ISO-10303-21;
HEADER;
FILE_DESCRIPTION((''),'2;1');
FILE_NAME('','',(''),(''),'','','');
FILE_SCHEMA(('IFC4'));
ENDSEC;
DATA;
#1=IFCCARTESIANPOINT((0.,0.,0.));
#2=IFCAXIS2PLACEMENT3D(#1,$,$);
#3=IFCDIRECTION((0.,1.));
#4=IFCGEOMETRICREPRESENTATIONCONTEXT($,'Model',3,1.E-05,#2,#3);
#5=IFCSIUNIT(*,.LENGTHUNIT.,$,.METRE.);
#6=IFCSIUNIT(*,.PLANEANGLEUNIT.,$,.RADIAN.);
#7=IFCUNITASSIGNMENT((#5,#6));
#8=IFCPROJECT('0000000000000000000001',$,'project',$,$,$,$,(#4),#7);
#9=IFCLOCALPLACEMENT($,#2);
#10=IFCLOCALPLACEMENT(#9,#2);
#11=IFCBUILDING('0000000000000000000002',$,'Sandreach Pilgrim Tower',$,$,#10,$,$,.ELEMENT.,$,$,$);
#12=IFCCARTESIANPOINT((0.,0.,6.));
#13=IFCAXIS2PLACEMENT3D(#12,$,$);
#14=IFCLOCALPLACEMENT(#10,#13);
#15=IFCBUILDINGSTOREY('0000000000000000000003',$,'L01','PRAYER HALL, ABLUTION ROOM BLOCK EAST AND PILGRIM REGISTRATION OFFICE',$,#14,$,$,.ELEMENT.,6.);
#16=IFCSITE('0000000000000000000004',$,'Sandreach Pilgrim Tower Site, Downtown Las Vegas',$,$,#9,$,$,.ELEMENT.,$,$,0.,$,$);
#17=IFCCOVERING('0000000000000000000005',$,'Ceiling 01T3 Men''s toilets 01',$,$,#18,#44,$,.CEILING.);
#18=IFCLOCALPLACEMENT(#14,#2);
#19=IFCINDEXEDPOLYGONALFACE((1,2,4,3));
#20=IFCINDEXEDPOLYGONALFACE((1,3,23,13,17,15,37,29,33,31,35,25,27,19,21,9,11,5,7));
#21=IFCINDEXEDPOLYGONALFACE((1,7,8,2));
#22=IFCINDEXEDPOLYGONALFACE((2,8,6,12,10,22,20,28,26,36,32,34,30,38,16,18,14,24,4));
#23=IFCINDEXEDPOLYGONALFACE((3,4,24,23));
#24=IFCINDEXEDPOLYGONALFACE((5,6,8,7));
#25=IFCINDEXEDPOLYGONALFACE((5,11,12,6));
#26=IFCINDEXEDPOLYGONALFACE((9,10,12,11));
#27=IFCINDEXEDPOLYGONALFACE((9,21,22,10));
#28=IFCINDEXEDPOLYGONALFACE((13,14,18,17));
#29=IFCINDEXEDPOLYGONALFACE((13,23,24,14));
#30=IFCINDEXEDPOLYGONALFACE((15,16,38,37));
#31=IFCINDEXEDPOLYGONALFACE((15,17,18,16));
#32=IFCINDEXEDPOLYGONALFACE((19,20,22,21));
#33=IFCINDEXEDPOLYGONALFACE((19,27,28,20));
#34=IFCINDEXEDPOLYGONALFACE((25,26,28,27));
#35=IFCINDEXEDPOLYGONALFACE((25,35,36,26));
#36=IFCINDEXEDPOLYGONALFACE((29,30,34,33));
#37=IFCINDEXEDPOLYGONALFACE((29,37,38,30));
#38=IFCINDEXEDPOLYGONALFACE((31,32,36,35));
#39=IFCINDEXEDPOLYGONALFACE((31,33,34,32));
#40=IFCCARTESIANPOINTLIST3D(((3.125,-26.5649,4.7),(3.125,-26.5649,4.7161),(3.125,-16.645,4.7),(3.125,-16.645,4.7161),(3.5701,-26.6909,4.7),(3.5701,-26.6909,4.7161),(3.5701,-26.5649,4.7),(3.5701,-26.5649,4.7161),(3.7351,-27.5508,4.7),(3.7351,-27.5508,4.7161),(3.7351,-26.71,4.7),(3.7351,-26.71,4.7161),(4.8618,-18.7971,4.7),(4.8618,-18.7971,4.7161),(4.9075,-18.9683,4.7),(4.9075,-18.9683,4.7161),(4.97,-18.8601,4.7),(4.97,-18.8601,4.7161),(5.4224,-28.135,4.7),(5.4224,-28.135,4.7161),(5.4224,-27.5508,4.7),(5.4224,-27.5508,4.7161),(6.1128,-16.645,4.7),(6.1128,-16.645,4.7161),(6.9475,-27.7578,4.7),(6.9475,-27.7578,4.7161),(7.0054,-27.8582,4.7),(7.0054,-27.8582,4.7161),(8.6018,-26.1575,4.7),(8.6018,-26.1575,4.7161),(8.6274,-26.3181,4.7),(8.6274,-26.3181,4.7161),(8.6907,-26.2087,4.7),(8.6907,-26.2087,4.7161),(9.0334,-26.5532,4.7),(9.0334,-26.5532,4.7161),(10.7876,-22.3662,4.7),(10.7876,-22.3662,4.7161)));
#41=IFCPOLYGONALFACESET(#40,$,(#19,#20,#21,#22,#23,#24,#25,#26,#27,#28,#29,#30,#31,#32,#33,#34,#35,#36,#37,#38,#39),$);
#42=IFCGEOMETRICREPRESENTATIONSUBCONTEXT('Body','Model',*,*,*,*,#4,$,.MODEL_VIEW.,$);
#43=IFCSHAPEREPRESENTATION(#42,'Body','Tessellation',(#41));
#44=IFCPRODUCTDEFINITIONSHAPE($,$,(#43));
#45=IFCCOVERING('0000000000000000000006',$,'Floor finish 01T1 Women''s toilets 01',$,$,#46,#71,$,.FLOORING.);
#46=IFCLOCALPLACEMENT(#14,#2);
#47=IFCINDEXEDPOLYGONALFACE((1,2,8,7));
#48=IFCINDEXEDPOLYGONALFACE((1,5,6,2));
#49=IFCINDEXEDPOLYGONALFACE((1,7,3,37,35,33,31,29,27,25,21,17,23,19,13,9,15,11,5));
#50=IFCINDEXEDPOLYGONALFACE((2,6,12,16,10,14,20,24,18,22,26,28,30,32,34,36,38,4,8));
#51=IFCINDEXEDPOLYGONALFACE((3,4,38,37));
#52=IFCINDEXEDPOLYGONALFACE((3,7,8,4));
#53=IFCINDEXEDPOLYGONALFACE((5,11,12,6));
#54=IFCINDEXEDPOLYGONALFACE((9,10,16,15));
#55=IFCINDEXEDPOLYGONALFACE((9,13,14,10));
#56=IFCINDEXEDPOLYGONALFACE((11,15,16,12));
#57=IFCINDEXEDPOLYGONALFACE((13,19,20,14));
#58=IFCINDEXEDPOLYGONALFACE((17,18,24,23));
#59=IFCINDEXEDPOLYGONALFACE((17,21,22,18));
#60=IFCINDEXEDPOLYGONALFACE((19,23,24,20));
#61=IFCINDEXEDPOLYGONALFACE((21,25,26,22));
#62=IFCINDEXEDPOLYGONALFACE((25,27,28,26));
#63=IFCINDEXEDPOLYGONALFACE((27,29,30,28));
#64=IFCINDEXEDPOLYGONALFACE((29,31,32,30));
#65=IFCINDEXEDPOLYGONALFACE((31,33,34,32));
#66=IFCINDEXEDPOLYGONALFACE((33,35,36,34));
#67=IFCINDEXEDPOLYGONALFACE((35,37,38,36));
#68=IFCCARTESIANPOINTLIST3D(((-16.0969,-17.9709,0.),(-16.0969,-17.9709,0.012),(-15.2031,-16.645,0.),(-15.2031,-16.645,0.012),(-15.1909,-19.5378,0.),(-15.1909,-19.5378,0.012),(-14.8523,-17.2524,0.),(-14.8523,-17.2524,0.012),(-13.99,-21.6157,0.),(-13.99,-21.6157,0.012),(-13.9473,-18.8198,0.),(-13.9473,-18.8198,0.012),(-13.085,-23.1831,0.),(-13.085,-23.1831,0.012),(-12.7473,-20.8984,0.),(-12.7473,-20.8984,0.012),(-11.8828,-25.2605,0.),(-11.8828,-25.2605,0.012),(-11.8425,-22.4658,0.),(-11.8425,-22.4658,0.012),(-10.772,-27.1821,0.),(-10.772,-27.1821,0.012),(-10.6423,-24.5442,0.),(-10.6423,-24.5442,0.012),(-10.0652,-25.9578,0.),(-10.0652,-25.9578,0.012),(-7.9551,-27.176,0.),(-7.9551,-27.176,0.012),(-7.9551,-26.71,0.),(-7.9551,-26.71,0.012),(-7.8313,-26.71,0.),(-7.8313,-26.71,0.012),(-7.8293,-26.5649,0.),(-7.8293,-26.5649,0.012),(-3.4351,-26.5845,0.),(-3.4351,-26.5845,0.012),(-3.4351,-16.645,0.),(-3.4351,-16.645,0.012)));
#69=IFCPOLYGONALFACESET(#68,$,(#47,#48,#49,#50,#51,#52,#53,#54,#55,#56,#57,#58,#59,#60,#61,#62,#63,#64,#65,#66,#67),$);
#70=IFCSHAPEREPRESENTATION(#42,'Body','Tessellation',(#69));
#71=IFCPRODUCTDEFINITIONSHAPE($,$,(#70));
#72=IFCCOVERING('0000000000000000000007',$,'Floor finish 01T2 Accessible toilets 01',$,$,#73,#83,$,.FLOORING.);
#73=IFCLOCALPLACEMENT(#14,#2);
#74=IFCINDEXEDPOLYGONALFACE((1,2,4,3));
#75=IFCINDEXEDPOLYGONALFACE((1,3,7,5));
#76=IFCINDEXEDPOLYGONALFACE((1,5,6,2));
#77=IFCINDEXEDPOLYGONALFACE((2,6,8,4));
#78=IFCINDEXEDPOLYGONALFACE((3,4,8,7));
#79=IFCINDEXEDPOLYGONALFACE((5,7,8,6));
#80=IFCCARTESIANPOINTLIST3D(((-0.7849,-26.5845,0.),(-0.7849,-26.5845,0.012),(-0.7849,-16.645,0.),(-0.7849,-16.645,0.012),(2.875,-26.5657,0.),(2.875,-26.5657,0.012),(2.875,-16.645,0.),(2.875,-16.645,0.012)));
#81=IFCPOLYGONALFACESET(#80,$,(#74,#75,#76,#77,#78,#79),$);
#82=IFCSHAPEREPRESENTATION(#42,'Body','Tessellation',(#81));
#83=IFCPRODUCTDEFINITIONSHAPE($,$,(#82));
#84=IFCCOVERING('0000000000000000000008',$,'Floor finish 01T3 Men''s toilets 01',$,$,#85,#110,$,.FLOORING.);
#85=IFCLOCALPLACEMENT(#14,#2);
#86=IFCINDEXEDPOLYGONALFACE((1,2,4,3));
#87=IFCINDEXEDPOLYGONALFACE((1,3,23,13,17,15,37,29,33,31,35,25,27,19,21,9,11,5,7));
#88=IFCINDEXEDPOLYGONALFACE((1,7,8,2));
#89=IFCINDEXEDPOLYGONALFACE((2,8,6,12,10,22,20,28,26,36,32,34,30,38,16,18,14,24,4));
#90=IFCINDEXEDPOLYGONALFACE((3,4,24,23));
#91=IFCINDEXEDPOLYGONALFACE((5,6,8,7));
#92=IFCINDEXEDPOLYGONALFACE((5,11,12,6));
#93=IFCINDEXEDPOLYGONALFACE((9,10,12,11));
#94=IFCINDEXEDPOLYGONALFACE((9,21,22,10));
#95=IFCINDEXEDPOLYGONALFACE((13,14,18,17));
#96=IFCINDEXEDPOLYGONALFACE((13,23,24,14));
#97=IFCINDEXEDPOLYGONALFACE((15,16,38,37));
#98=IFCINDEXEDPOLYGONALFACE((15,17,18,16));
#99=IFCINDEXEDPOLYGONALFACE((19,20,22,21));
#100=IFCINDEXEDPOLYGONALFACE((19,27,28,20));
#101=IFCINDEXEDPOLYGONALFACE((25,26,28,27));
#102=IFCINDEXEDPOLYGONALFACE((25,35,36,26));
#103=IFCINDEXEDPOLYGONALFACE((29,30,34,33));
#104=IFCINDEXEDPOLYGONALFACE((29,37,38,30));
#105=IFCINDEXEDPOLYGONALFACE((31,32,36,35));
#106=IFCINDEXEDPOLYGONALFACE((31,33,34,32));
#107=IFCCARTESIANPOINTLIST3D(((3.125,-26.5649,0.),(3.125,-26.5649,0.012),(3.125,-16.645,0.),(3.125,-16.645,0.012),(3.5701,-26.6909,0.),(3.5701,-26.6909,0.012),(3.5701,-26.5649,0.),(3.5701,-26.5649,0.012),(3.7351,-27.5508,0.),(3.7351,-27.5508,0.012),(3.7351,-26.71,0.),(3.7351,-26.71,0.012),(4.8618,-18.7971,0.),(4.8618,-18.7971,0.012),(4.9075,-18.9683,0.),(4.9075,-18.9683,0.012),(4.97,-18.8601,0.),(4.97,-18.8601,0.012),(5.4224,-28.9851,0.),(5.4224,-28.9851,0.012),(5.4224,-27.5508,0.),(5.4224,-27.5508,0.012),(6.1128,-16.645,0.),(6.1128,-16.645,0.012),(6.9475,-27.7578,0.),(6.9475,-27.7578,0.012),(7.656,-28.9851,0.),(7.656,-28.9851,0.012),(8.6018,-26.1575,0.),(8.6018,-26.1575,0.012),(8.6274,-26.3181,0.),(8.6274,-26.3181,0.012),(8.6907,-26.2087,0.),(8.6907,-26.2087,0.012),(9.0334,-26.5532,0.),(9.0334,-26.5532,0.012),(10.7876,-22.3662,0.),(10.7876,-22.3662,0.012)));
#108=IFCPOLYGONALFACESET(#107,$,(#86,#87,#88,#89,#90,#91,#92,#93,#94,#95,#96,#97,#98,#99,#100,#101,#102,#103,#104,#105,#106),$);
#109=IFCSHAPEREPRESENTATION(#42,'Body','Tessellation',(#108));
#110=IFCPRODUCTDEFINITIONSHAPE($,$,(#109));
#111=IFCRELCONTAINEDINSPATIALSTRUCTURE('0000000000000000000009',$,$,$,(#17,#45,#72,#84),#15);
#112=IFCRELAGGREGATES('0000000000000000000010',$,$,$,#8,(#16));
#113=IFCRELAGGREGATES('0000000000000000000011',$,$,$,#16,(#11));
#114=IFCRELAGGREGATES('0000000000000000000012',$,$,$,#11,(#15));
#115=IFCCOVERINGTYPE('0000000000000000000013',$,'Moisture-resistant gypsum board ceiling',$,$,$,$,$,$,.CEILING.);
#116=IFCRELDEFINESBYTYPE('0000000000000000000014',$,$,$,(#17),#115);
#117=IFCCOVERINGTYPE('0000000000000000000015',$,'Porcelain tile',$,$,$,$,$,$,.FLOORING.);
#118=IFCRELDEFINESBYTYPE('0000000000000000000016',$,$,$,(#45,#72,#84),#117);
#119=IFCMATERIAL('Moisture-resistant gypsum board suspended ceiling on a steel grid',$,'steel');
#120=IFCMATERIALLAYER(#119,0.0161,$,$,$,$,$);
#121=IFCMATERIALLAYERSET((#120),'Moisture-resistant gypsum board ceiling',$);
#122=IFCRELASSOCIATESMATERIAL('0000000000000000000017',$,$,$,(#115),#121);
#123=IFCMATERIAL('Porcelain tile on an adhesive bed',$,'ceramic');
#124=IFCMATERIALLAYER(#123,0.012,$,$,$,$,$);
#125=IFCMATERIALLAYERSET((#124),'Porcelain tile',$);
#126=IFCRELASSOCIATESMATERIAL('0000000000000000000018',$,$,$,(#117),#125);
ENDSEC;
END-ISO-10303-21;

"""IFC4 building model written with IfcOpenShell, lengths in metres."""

from ifc_helpers import new_model, si_unit, direction, frame, origin, place, context, subcontext, project, spatial, polyline, outline, extrude, material, layer, layer_set, type_object, element, save


model = new_model("IFC4")

# Units and contexts
model_context = context("Model", 3, precision=1e-05, world=origin(), true_north=direction((0.0, 1.0)))
body_context = subcontext(model_context, "Body", "Model", "MODEL_VIEW")
ifc_project = project(units=[si_unit("LENGTHUNIT", "METRE"), si_unit("PLANEANGLEUNIT", "RADIAN")], contexts=[model_context])

# Site, building, storey
site_placement = place(None, origin())
site = spatial("IfcSite", under=ifc_project, at=site_placement, Name="Sandreach Pilgrim Tower Site, Downtown Las Vegas", CompositionType="ELEMENT", RefElevation=0.0)
building_placement = place(site_placement, origin())
building = spatial("IfcBuilding", under=site, at=building_placement, Name="Sandreach Pilgrim Tower", CompositionType="ELEMENT")
storey_placement = place(building_placement, frame((0.0, 0.0, 6.0)))
storey = spatial("IfcBuildingStorey", under=building, at=storey_placement, Name="L01", Description="PRAYER HALL, ABLUTION ROOM BLOCK EAST AND PILGRIM REGISTRATION OFFICE", CompositionType="ELEMENT", Elevation=6.0)

# Coverings
ifc_material_1 = material(Name="Moisture-resistant gypsum board suspended ceiling on a steel grid", Category="steel")
ifc_layer_1 = layer(ifc_material_1, 0.0161)
ifc_layer_set_1 = layer_set([ifc_layer_1], Name="Moisture-resistant gypsum board ceiling")
covering_type_1 = type_object("IfcCoveringType", Name="Moisture-resistant gypsum board ceiling", PredefinedType="CEILING", material=ifc_layer_set_1)
covering_1_placement = place(storey_placement, frame((0.0, 0.0, 4.7)))
element("IfcCovering", 1, at=covering_1_placement, inside=storey, type_object=covering_type_1, Name="Ceiling 01T3 Men's toilets 01", PredefinedType="CEILING", context=body_context, shape_type="SweptSolid", body=[
    extrude(outline(polyline([(3.125, -26.5649), (3.125, -16.645), (6.1128, -16.645), (4.8618, -18.7971), (4.97, -18.8601), (4.9075, -18.9683), (10.7876, -22.3662), (8.6018, -26.1575), (8.6907, -26.2087), (8.6274, -26.3181), (9.0334, -26.5532), (6.9475, -27.7578), (7.0054, -27.8582), (5.4224, -28.135), (5.4224, -27.5508), (3.7351, -27.5508), (3.7351, -26.71), (3.5701, -26.6909), (3.5701, -26.5649), (3.125, -26.5649)])), origin(), (0.0, 0.0, 1.0), 0.0161),
])
ifc_material_2 = material(Name="Porcelain tile on an adhesive bed", Category="ceramic")
ifc_layer_2 = layer(ifc_material_2, 0.012)
ifc_layer_set_2 = layer_set([ifc_layer_2], Name="Porcelain tile")
covering_type_2 = type_object("IfcCoveringType", Name="Porcelain tile", PredefinedType="FLOORING", material=ifc_layer_set_2)
covering_2_placement = place(storey_placement, origin())
element("IfcCovering", 2, at=covering_2_placement, inside=storey, type_object=covering_type_2, Name="Floor finish 01T1 Women's toilets 01", PredefinedType="FLOORING", context=body_context, shape_type="SweptSolid", body=[
    extrude(outline(polyline([(-13.085, -23.1831), (-13.99, -21.6157), (-12.7473, -20.8984), (-13.9473, -18.8198), (-15.1909, -19.5378), (-16.0969, -17.9709), (-14.8523, -17.2524), (-15.2031, -16.645), (-3.4351, -16.645), (-3.4351, -26.5845), (-7.8293, -26.5649), (-7.8313, -26.71), (-7.9551, -26.71), (-7.9551, -27.176), (-10.0652, -25.9578), (-10.772, -27.1821), (-11.8828, -25.2605), (-10.6423, -24.5442), (-11.8425, -22.4658), (-13.085, -23.1831)])), origin(), (0.0, 0.0, 1.0), 0.012),
])
covering_3_placement = place(storey_placement, origin())
element("IfcCovering", 3, at=covering_3_placement, inside=storey, type_object=covering_type_2, Name="Floor finish 01T2 Accessible toilets 01", PredefinedType="FLOORING", context=body_context, shape_type="SweptSolid", body=[
    extrude(outline(polyline([(2.875, -26.5657), (-0.7849, -26.5845), (-0.7849, -16.645), (2.875, -16.645), (2.875, -26.5657)])), origin(), (0.0, 0.0, 1.0), 0.012),
])
covering_4_placement = place(storey_placement, origin())
element("IfcCovering", 4, at=covering_4_placement, inside=storey, type_object=covering_type_2, Name="Floor finish 01T3 Men's toilets 01", PredefinedType="FLOORING", context=body_context, shape_type="SweptSolid", body=[
    extrude(outline(polyline([(3.125, -26.5649), (3.125, -16.645), (6.1128, -16.645), (4.8618, -18.7971), (4.97, -18.8601), (4.9075, -18.9683), (10.7876, -22.3662), (8.6018, -26.1575), (8.6907, -26.2087), (8.6274, -26.3181), (9.0334, -26.5532), (6.9475, -27.7578), (7.656, -28.9851), (5.4224, -28.9851), (5.4224, -27.5508), (3.7351, -27.5508), (3.7351, -26.71), (3.5701, -26.6909), (3.5701, -26.5649), (3.125, -26.5649)])), origin(), (0.0, 0.0, 1.0), 0.012),
])

save(model, "model.ifc")
